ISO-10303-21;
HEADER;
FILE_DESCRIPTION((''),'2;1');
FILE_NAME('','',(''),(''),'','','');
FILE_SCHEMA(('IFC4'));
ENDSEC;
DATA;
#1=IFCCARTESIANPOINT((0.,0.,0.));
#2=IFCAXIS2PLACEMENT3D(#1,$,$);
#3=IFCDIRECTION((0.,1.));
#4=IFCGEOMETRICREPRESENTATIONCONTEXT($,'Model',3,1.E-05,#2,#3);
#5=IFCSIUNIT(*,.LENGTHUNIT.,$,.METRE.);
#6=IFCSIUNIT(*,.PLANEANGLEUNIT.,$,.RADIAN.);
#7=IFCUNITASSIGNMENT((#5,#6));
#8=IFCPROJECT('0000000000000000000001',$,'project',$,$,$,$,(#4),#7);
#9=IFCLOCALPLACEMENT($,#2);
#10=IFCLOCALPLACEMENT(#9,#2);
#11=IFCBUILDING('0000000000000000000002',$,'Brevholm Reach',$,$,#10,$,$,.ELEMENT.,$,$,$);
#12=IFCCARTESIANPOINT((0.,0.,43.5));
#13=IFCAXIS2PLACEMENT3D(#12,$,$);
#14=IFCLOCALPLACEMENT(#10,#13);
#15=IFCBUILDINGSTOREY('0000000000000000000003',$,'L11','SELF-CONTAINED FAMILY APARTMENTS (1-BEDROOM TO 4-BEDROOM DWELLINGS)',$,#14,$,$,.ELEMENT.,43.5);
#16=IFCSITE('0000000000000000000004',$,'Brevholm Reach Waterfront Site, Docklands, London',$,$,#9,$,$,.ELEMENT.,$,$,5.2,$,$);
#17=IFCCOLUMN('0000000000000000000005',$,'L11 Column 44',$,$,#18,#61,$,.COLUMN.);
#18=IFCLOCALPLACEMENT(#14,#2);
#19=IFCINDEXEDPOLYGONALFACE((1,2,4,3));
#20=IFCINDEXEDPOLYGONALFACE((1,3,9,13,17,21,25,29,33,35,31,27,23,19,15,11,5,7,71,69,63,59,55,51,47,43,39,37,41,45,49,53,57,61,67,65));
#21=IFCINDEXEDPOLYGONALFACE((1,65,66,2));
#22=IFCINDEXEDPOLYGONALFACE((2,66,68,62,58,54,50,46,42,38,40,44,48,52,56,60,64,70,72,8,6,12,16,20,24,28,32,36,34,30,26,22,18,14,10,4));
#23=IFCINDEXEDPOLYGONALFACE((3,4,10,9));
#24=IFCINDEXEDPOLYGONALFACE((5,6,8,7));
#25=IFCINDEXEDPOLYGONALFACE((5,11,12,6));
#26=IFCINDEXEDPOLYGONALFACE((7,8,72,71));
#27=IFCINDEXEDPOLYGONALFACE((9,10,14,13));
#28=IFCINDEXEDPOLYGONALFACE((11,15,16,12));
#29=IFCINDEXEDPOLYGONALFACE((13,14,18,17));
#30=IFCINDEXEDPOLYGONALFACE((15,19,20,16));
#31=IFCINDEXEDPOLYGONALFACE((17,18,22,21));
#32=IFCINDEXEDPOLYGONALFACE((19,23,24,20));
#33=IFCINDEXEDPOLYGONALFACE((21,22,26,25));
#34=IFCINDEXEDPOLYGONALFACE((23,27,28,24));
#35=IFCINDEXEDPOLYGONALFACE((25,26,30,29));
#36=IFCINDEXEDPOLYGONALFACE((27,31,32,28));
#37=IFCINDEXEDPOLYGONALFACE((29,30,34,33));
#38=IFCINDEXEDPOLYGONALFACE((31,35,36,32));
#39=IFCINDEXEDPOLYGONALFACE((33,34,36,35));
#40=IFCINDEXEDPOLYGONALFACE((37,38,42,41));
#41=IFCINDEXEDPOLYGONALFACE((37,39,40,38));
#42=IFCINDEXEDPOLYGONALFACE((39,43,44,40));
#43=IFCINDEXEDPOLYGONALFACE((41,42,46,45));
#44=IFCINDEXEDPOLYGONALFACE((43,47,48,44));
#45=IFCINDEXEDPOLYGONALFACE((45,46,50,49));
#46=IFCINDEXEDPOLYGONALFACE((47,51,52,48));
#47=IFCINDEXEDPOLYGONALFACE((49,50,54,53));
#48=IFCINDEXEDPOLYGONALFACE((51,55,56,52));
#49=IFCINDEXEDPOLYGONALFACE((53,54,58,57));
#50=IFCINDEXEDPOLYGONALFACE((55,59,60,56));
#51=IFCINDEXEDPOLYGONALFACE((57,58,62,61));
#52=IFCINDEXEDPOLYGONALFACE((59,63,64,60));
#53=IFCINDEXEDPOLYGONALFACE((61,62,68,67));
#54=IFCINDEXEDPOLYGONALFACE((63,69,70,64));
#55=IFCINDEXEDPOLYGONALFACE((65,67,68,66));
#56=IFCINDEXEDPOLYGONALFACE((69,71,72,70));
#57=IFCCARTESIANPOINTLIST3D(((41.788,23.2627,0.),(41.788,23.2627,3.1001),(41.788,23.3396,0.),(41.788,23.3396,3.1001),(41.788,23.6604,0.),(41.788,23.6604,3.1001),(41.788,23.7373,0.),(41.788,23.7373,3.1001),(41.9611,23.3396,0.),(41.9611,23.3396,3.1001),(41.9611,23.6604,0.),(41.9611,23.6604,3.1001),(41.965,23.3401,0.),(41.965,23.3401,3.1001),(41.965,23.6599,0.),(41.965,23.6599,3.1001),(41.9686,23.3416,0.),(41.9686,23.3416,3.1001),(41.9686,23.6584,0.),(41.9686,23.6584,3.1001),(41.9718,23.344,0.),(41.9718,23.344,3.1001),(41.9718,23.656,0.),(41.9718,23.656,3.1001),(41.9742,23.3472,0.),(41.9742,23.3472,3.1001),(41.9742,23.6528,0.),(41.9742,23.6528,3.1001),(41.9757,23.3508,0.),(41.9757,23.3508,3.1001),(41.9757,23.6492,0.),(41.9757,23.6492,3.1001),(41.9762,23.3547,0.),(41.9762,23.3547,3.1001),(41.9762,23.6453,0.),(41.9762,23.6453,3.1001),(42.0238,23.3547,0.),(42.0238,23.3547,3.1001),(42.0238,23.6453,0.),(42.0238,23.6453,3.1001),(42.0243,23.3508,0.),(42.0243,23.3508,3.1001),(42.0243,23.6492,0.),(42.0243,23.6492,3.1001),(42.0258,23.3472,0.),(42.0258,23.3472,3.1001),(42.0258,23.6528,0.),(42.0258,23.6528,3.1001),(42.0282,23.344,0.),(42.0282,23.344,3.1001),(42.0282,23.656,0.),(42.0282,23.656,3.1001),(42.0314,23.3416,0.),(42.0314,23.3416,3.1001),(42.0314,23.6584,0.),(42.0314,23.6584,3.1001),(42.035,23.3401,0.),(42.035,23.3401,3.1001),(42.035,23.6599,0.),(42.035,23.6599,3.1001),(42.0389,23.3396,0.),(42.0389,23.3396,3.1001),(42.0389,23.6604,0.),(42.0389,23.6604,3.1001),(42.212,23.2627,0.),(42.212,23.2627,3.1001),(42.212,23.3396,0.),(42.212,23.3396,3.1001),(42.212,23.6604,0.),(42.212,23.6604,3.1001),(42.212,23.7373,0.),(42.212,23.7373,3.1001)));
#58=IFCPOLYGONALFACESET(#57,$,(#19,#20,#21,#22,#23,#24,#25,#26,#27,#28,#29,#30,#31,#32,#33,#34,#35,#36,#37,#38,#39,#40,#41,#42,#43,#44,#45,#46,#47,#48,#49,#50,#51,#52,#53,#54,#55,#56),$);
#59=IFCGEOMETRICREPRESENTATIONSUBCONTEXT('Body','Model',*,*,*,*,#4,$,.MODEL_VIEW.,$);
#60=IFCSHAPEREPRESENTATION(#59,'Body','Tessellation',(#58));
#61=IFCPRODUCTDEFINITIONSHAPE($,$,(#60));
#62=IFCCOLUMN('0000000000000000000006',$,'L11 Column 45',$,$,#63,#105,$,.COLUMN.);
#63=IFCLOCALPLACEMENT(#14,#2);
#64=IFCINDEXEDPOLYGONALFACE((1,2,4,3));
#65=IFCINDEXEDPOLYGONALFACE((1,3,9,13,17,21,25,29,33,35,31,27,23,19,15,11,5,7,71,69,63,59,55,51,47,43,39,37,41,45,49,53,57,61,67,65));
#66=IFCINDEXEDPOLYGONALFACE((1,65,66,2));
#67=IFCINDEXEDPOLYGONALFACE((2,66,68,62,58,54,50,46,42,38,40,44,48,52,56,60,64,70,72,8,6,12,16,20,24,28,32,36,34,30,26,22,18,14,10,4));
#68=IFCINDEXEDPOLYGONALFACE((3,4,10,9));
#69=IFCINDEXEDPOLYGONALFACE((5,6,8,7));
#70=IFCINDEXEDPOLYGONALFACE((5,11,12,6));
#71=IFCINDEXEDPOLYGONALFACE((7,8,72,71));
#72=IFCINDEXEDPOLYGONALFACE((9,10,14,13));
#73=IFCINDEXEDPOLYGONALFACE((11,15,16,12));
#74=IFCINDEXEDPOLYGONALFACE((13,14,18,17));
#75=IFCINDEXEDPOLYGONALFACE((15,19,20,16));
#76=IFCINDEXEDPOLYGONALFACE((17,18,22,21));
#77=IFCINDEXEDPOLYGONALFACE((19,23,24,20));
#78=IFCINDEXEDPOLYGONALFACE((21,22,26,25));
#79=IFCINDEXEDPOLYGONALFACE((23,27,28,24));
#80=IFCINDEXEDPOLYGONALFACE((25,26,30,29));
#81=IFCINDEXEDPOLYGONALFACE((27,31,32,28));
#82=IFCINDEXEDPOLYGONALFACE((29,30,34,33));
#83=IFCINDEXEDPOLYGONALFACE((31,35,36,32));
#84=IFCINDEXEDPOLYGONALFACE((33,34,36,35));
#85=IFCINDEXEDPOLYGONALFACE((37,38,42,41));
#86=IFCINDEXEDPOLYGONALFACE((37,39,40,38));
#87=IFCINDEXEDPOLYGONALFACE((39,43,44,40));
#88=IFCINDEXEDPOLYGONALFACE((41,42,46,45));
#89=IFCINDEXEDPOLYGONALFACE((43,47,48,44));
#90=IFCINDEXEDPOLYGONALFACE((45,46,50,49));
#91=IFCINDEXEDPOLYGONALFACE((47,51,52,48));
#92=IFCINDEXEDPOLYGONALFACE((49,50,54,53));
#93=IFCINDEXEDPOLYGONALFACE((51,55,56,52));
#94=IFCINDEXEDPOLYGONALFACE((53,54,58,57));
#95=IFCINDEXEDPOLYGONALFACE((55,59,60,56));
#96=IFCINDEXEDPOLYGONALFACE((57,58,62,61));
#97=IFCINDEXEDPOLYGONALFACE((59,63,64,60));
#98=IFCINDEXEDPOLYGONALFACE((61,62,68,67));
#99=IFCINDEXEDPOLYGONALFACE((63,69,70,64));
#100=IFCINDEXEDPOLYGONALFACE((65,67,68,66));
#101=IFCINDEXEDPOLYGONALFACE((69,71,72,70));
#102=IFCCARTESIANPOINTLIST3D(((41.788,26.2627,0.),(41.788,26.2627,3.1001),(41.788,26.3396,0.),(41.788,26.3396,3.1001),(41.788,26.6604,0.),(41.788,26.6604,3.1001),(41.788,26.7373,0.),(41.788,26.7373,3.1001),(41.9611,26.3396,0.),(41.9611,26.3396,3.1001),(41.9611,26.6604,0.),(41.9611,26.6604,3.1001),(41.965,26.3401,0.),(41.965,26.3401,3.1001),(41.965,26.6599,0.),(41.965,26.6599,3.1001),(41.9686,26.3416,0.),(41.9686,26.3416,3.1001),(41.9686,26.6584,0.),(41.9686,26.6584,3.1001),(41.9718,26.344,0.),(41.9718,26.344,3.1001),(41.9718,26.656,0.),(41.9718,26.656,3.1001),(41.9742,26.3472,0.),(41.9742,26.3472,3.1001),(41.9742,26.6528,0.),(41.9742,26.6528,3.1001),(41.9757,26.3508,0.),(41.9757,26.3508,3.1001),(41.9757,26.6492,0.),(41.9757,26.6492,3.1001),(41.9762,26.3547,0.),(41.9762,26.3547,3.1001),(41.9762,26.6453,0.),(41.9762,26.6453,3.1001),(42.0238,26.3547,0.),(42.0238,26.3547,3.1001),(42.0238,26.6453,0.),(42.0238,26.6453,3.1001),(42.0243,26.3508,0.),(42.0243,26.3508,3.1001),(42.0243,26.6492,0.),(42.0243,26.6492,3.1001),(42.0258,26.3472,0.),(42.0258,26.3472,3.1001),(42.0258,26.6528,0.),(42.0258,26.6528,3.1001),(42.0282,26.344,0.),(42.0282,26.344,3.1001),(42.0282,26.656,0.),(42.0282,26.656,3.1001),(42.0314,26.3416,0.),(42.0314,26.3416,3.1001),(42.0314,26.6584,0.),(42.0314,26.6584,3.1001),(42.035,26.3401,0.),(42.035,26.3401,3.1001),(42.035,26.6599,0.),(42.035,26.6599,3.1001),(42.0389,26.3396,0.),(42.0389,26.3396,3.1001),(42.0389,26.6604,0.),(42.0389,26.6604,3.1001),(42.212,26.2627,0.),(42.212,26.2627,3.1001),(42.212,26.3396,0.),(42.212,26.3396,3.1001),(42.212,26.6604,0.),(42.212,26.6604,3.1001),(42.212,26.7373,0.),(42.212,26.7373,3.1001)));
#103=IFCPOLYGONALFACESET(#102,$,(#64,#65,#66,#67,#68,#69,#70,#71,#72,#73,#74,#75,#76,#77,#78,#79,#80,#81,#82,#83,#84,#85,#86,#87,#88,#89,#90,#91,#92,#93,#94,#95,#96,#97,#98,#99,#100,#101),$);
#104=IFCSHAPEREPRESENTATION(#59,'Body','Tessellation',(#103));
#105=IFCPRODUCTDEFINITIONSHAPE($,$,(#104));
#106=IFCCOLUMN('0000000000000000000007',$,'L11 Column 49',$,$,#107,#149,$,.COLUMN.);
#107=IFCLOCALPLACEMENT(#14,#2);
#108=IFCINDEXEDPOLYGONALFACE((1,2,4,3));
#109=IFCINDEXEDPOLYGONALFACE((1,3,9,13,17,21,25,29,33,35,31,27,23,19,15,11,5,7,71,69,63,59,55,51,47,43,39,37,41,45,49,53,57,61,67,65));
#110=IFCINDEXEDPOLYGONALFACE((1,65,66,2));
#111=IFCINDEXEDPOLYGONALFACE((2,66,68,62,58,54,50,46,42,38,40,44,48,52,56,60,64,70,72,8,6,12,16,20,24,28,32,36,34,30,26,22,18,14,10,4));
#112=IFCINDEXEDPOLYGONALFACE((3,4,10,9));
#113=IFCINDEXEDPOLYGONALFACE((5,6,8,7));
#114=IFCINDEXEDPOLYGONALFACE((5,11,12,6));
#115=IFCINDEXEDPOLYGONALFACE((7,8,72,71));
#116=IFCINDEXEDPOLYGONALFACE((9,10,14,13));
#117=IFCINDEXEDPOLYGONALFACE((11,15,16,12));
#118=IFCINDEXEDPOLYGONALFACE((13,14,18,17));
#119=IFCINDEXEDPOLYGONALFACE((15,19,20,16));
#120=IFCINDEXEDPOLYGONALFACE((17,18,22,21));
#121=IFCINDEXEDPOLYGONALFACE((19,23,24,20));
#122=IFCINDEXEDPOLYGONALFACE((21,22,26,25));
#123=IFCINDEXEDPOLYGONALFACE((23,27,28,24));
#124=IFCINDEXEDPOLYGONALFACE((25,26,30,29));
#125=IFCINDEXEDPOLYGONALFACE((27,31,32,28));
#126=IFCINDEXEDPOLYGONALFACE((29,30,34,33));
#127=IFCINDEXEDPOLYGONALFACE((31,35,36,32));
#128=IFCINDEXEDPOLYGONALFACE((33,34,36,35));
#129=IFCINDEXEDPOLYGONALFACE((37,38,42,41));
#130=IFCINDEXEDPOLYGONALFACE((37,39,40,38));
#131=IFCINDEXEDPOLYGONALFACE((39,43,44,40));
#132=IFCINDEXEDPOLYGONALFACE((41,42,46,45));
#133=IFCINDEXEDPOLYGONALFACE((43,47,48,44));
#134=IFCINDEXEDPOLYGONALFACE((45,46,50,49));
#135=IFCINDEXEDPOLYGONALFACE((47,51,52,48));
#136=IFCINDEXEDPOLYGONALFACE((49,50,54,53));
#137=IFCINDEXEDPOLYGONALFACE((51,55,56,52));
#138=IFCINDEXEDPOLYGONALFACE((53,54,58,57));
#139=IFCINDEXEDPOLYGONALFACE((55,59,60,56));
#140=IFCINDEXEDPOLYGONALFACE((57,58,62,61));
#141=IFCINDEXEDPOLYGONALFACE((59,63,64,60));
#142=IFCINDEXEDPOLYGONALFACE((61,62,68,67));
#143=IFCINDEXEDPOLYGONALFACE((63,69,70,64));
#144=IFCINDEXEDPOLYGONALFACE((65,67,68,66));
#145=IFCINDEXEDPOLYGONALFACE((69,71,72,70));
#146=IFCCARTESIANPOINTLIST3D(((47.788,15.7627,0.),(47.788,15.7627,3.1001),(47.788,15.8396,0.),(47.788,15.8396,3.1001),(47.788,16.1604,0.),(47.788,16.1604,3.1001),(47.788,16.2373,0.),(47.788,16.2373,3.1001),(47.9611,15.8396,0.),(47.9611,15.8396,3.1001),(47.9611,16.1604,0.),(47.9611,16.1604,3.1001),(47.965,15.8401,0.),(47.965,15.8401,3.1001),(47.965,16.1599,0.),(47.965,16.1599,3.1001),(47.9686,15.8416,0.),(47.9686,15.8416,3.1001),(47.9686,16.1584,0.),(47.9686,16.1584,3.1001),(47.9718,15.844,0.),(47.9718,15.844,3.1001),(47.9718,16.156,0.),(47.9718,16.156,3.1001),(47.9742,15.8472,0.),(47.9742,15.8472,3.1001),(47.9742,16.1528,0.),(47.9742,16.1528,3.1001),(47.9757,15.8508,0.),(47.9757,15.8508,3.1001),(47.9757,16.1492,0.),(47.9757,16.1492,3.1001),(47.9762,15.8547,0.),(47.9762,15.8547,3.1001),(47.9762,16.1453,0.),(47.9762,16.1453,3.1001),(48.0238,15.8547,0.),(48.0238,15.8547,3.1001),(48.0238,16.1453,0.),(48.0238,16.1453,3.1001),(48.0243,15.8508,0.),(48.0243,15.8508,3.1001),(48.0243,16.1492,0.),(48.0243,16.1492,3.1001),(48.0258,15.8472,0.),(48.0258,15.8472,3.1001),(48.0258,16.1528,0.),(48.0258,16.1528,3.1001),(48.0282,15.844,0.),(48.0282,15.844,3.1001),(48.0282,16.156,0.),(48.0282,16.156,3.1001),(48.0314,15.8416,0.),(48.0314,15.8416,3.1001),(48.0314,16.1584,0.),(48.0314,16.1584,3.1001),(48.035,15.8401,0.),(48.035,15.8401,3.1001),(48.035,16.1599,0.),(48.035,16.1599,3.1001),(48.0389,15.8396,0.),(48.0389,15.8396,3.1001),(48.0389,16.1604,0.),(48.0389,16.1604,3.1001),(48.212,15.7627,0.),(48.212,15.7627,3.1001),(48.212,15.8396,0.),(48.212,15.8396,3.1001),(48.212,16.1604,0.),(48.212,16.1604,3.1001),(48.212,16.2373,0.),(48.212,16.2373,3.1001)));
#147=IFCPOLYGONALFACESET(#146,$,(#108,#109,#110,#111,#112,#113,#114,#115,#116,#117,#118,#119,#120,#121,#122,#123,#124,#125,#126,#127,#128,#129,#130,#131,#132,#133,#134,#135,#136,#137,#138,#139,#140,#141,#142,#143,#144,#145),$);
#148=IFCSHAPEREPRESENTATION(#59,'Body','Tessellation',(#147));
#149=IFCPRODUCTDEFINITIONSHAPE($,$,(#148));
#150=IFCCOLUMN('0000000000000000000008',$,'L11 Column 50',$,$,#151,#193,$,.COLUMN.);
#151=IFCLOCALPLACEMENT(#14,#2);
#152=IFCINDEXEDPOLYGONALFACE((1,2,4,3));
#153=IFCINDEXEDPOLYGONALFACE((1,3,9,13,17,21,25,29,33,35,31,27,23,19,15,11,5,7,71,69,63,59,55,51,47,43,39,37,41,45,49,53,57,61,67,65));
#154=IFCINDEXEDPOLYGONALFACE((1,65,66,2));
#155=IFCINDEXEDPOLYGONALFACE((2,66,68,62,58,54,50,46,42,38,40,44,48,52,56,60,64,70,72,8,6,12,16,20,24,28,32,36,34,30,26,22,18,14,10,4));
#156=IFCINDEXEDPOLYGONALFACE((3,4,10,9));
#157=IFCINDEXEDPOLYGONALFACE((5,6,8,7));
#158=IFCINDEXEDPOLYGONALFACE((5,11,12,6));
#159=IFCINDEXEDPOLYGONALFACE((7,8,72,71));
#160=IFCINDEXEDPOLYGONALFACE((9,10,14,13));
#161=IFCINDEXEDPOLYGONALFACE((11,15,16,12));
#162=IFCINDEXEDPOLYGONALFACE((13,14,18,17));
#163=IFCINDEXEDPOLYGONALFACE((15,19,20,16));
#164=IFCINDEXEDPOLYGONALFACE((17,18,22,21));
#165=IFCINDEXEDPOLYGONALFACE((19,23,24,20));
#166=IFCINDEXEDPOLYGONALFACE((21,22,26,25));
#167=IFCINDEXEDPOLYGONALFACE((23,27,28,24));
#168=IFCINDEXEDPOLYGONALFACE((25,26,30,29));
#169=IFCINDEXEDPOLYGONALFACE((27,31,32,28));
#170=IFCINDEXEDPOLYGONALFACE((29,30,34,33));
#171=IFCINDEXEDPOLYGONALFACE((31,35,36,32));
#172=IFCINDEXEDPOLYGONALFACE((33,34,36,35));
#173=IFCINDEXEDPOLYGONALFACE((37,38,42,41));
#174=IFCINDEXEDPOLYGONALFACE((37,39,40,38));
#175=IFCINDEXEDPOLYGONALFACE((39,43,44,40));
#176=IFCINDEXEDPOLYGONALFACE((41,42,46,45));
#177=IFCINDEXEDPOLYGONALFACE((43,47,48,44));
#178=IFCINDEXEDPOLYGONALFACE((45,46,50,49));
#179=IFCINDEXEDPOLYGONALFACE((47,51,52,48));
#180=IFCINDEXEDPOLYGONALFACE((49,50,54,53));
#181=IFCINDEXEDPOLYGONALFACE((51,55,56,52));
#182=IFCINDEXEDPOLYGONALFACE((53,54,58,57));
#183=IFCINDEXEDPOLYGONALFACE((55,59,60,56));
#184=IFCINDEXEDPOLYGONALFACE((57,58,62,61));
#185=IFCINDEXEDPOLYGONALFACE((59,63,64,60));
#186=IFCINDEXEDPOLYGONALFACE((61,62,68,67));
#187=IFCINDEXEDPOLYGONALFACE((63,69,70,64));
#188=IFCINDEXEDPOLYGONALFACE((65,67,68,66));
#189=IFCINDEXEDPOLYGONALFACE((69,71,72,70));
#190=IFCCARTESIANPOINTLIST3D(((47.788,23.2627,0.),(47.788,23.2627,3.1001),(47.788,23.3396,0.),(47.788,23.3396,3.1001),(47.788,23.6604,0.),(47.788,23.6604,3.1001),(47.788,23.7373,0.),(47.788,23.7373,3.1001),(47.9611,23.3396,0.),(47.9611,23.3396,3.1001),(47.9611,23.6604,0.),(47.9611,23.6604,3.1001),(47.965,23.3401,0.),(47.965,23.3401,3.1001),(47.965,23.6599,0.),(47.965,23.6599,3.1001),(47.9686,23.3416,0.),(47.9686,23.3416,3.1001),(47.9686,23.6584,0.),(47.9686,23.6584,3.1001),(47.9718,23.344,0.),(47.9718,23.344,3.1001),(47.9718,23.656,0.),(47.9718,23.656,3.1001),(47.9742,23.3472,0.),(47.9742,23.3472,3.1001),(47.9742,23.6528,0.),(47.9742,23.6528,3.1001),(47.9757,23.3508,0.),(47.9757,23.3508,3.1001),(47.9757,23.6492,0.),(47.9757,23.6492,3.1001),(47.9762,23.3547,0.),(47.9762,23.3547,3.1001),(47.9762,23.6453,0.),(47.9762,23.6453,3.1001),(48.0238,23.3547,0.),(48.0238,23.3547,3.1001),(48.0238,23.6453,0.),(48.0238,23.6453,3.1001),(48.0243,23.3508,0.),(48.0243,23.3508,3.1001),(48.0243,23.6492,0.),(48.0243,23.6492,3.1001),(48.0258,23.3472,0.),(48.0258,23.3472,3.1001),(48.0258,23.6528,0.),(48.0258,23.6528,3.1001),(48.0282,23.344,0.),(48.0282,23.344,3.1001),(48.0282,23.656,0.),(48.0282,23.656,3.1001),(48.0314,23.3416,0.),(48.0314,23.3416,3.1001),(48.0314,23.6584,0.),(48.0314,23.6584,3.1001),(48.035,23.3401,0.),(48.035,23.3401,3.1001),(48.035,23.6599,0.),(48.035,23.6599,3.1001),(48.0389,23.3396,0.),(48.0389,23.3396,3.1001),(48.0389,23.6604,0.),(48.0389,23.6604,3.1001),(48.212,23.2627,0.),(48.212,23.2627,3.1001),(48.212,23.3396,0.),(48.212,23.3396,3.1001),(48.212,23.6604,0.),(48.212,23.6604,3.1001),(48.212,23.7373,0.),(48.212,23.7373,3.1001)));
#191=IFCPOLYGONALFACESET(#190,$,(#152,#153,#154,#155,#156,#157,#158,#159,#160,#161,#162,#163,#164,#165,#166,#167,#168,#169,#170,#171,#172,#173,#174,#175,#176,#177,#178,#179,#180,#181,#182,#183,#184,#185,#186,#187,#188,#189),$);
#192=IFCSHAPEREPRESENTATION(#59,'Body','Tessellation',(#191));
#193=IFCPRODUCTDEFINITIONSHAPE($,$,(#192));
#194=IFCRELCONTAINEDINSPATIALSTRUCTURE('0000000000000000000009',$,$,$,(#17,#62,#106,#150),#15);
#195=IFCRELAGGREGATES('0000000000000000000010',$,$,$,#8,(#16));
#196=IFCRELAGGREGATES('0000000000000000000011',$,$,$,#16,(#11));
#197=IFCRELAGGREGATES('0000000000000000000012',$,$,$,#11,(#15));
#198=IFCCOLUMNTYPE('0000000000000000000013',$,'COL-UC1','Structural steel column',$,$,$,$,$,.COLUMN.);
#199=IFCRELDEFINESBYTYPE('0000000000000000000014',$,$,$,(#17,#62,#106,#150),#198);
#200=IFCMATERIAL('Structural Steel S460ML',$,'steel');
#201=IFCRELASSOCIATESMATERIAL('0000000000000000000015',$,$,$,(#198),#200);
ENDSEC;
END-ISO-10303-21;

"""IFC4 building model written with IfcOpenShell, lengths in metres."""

from ifc_helpers import new_model, si_unit, direction, frame, origin, origin_2d, place, context, subcontext, project, spatial, i_section, extrude, material, material_profile, profile_set, type_object, element, save


model = new_model("IFC4")

# Units and contexts
model_context = context("Model", 3, precision=1e-05, world=origin(), true_north=direction((0.0, 1.0)))
body_context = subcontext(model_context, "Body", "Model", "MODEL_VIEW")
ifc_project = project(units=[si_unit("LENGTHUNIT", "METRE"), si_unit("PLANEANGLEUNIT", "RADIAN")], contexts=[model_context])

# Site, building, storey
site_placement = place(None, origin())
site = spatial("IfcSite", under=ifc_project, at=site_placement, Name="Brevholm Reach Waterfront Site, Docklands, London", CompositionType="ELEMENT", RefElevation=5.2)
building_placement = place(site_placement, origin())
building = spatial("IfcBuilding", under=site, at=building_placement, Name="Brevholm Reach", CompositionType="ELEMENT")
storey_placement = place(building_placement, frame((0.0, 0.0, 43.5)))
storey = spatial("IfcBuildingStorey", under=building, at=storey_placement, Name="L11", Description="SELF-CONTAINED FAMILY APARTMENTS (1-BEDROOM TO 4-BEDROOM DWELLINGS)", CompositionType="ELEMENT", Elevation=43.5)

# Columns
ifc_material_1 = material(Name="Structural Steel S460ML", Category="steel")
ifc_material_profile_1 = material_profile(ifc_material_1, i_section(OverallWidth=0.4241, OverallDepth=0.4746, WebThickness=0.0476, FlangeThickness=0.0769, FilletRadius=0.0151, at=origin_2d()), Name="UKC 356x406x634")
ifc_profile_set_1 = profile_set([ifc_material_profile_1], Name="Structural Steel S460ML")
column_type_1 = type_object("IfcColumnType", Name="COL-UC1", Description="Structural steel column", PredefinedType="COLUMN", material=ifc_profile_set_1)
for number, where, z_axis, x_axis, name in (
    (1, (42.0, 23.5, 0.0), (0.0, 0.0, 1.0), (1.0, 0.0, 0.0), "L11 Column 44"),
    (2, (42.0, 26.5, 0.0), (0.0, 0.0, 1.0), (1.0, 0.0, 0.0), "L11 Column 45"),
    (3, (48.0, 16.0, 0.0), (0.0, 0.0, 1.0), (1.0, 0.0, 0.0), "L11 Column 49"),
    (4, (48.0, 23.5, 0.0), (0.0, 0.0, 1.0), (1.0, 0.0, 0.0), "L11 Column 50"),
):
    element("IfcColumn", number, at=place(storey_placement, frame(where, z_axis=z_axis, x_axis=x_axis)), inside=storey, type_object=column_type_1, Name=name, PredefinedType="COLUMN", context=body_context, shape_type="SweptSolid", body=[
        extrude(i_section(OverallWidth=0.4241, OverallDepth=0.4746, WebThickness=0.0476, FlangeThickness=0.0769, FilletRadius=0.0151, at=origin_2d()), origin(), (0.0, 0.0, 1.0), 3.1001),
    ])

save(model, "model.ifc")
